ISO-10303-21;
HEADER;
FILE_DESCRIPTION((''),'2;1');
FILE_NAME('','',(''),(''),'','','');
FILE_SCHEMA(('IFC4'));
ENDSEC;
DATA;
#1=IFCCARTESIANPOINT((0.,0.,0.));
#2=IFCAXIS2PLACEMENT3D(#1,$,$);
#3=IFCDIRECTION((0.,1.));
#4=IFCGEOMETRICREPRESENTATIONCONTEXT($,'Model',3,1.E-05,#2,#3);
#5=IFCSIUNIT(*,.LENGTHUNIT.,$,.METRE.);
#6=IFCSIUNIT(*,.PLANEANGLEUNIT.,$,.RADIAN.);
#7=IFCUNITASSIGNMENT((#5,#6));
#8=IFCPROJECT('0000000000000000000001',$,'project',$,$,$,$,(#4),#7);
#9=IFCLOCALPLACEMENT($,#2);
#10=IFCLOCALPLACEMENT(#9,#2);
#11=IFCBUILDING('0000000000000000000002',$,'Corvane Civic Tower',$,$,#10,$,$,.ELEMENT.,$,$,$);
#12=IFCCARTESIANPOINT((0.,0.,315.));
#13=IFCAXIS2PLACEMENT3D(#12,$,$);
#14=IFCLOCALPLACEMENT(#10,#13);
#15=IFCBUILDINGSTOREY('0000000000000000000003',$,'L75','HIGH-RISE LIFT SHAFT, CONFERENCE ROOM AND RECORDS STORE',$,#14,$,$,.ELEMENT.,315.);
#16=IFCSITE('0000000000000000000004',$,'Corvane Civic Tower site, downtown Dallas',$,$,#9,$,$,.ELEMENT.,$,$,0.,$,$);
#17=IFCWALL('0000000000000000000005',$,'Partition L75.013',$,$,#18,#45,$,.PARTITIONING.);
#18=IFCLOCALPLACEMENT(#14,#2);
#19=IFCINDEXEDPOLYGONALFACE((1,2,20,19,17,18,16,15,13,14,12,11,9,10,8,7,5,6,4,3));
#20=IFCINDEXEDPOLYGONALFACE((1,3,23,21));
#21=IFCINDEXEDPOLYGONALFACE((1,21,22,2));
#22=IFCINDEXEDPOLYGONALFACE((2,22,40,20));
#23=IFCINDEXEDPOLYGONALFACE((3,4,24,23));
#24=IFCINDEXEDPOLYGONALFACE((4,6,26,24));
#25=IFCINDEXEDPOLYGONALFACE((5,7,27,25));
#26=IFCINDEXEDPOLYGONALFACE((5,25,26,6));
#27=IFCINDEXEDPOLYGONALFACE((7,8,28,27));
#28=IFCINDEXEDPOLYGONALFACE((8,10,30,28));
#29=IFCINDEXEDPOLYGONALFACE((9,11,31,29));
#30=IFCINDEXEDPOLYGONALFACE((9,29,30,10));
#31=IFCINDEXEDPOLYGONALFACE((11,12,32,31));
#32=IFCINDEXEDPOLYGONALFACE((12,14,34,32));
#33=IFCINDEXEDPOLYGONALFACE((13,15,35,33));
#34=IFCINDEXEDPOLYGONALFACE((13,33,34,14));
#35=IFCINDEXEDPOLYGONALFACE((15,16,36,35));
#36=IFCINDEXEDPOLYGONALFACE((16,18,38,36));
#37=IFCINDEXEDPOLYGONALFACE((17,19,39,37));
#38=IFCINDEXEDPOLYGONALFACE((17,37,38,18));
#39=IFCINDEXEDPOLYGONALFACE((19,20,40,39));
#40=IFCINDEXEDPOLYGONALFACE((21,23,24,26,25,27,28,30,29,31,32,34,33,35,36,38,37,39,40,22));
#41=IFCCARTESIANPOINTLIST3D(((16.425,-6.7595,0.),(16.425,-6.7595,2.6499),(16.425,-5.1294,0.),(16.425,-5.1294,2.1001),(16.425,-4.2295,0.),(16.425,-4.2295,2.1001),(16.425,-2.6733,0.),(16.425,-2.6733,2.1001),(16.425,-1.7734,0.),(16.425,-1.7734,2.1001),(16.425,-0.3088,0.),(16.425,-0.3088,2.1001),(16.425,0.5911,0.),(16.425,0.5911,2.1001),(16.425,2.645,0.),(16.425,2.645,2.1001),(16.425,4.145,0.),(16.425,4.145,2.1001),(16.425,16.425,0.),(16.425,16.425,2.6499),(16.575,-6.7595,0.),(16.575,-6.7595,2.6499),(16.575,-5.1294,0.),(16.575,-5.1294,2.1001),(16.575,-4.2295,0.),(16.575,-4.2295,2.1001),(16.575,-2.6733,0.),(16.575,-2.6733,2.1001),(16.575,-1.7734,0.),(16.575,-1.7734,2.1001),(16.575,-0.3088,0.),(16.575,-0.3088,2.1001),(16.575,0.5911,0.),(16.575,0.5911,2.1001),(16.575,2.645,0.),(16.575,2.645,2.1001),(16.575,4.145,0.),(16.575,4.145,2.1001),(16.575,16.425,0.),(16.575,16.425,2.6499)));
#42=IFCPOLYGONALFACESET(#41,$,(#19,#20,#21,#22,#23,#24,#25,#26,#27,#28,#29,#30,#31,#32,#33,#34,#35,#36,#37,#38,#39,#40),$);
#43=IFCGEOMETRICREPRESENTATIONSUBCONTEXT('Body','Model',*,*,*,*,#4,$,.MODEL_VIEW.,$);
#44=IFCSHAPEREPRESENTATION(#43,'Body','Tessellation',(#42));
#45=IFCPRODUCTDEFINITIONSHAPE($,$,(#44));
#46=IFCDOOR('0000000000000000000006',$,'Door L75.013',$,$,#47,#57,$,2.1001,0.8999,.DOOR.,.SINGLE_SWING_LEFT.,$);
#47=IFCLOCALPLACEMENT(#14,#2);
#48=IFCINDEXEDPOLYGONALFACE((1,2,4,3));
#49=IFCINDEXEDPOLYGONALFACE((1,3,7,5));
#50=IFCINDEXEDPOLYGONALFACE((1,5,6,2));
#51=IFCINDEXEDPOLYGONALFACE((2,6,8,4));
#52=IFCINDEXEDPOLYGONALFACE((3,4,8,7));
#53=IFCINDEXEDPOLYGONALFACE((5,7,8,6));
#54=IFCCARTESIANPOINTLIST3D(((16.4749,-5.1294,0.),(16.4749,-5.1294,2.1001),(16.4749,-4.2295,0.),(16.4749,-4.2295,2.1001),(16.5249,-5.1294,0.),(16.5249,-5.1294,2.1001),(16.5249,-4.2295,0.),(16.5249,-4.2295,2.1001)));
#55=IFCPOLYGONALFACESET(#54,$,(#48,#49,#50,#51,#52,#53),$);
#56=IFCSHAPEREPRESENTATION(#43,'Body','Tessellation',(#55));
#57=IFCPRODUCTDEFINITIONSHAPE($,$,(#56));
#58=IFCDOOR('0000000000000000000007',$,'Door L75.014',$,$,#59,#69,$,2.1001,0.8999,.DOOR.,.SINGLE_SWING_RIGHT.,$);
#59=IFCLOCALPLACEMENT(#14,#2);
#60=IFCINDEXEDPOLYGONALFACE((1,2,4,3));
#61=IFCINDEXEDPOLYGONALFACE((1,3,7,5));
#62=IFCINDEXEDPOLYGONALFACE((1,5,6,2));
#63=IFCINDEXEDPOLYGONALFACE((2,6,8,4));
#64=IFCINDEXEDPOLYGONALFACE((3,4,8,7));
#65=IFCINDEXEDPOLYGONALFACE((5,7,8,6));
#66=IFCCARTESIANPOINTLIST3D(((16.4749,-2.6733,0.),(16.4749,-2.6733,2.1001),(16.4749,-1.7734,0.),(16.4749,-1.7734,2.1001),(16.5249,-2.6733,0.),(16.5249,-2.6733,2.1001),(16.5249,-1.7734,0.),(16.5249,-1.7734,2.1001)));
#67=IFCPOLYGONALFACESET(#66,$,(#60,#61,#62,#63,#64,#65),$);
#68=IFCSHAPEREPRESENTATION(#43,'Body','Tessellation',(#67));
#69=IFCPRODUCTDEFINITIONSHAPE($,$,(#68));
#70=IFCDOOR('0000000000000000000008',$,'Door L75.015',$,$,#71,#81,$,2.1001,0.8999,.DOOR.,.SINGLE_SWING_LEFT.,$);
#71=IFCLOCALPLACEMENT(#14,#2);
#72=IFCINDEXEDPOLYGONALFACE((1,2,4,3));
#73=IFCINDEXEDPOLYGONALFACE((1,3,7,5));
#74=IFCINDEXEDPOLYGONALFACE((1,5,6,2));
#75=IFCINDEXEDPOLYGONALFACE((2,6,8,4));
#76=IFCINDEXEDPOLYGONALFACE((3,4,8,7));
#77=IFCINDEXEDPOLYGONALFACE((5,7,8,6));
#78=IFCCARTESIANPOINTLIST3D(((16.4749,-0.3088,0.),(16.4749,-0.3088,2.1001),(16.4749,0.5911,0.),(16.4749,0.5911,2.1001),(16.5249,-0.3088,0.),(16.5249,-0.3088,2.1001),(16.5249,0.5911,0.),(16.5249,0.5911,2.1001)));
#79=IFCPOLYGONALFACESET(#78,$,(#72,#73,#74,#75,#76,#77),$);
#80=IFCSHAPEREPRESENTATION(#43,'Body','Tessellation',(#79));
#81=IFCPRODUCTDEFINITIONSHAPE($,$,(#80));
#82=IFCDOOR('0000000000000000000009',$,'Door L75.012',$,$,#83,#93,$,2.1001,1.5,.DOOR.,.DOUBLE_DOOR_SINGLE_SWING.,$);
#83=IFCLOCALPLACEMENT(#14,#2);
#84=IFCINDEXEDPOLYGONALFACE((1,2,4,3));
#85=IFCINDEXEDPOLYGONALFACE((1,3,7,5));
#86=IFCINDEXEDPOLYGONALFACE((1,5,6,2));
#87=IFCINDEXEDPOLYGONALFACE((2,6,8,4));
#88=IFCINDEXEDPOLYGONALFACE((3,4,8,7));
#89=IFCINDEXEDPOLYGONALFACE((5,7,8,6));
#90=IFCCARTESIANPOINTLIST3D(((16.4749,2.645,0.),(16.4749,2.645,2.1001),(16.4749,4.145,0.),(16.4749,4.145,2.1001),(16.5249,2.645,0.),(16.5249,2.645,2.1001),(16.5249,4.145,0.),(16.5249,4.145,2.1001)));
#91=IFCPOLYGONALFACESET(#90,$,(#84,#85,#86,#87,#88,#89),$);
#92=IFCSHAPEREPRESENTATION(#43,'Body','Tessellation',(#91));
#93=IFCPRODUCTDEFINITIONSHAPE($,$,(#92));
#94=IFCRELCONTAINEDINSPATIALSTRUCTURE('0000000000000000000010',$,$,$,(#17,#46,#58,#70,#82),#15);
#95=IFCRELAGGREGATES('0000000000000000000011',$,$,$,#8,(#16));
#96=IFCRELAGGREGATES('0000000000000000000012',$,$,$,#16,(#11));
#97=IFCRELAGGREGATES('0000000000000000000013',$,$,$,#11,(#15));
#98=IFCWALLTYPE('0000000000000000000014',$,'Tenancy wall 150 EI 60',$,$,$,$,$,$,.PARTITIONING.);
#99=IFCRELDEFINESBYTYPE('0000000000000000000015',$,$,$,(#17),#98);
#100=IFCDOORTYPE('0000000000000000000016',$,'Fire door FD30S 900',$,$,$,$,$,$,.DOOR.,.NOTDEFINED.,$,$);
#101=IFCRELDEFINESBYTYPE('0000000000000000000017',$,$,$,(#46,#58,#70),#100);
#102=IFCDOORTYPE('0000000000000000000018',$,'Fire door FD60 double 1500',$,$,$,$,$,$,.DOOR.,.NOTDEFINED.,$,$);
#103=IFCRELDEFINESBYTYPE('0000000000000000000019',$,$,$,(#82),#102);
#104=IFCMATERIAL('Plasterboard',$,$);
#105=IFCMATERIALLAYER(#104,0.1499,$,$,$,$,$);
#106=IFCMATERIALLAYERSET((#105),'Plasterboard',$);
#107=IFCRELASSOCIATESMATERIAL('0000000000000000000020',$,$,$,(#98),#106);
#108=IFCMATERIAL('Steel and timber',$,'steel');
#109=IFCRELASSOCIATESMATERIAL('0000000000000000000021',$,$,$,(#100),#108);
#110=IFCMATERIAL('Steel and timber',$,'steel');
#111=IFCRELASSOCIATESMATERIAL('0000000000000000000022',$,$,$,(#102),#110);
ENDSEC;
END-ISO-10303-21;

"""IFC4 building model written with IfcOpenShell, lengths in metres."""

from ifc_helpers import new_model, si_unit, direction, frame, frame_2d, origin, place, context, subcontext, project, spatial, rectangle, extrude, material, layer, layer_set, type_object, element, fill, save


model = new_model("IFC4")

# Units and contexts
model_context = context("Model", 3, precision=1e-05, world=origin(), true_north=direction((0.0, 1.0)))
body_context = subcontext(model_context, "Body", "Model", "MODEL_VIEW")
ifc_project = project(units=[si_unit("LENGTHUNIT", "METRE"), si_unit("PLANEANGLEUNIT", "RADIAN")], contexts=[model_context])

# Site, building, storey
site_placement = place(None, origin())
site = spatial("IfcSite", under=ifc_project, at=site_placement, Name="Corvane Civic Tower site, downtown Dallas", CompositionType="ELEMENT", RefElevation=0.0)
building_placement = place(site_placement, origin())
building = spatial("IfcBuilding", under=site, at=building_placement, Name="Corvane Civic Tower", CompositionType="ELEMENT")
storey_placement = place(building_placement, frame((0.0, 0.0, 315.0)))
storey = spatial("IfcBuildingStorey", under=building, at=storey_placement, Name="L75", Description="HIGH-RISE LIFT SHAFT, CONFERENCE ROOM AND RECORDS STORE", CompositionType="ELEMENT", Elevation=315.0)

# Wall, openings, doors
ifc_material_1 = material(Name="Plasterboard")
ifc_layer_1 = layer(ifc_material_1, 0.1499)
ifc_layer_set_1 = layer_set([ifc_layer_1], Name="Plasterboard")
wall_type_1 = type_object("IfcWallType", Name="Tenancy wall 150 EI 60", PredefinedType="PARTITIONING", material=ifc_layer_set_1)
wall_1_placement = place(storey_placement, frame((16.5, -6.7595, 0.0), z_axis=(0.0, 0.0, 1.0), x_axis=(0.0, 1.0, 0.0)))
wall_1 = element("IfcWall", 1, at=wall_1_placement, inside=storey, type_object=wall_type_1, Name="Partition L75.013", PredefinedType="PARTITIONING", context=body_context, shape_type="SweptSolid", body=[
    extrude(rectangle(XDim=23.1846, YDim=0.1499, at=frame_2d((11.5923, 0.0))), origin(), (0.0, 0.0, 1.0), 2.6499),
])
opening_1_placement = place(wall_1_placement, frame((9.4045, 0.0, 0.0)))
opening_1 = element("IfcOpeningElement", 2, at=opening_1_placement, cuts=wall_1, PredefinedType="OPENING", context=body_context, shape_type="SweptSolid", body=[
    extrude(rectangle(XDim=1.5, YDim=2.1001, at=frame_2d((0.75, 1.05))), frame((0.0, 0.085, 0.0), z_axis=(0.0, -1.0, 0.0), x_axis=(1.0, 0.0, 0.0)), (0.0, 0.0, 1.0), 0.1699),
])
opening_2_placement = place(wall_1_placement, frame((1.6301, 0.0, 0.0)))
opening_2 = element("IfcOpeningElement", 3, at=opening_2_placement, cuts=wall_1, PredefinedType="OPENING", context=body_context, shape_type="SweptSolid", body=[
    extrude(rectangle(XDim=0.8999, YDim=2.1001, at=frame_2d((0.45, 1.05))), frame((0.0, 0.085, 0.0), z_axis=(0.0, -1.0, 0.0), x_axis=(1.0, 0.0, 0.0)), (0.0, 0.0, 1.0), 0.1699),
])
opening_3_placement = place(wall_1_placement, frame((4.0862, 0.0, 0.0)))
opening_3 = element("IfcOpeningElement", 4, at=opening_3_placement, cuts=wall_1, PredefinedType="OPENING", context=body_context, shape_type="SweptSolid", body=[
    extrude(rectangle(XDim=0.8999, YDim=2.1001, at=frame_2d((0.45, 1.05))), frame((0.0, 0.085, 0.0), z_axis=(0.0, -1.0, 0.0), x_axis=(1.0, 0.0, 0.0)), (0.0, 0.0, 1.0), 0.1699),
])
opening_4_placement = place(wall_1_placement, frame((6.4507, 0.0, 0.0)))
opening_4 = element("IfcOpeningElement", 5, at=opening_4_placement, cuts=wall_1, PredefinedType="OPENING", context=body_context, shape_type="SweptSolid", body=[
    extrude(rectangle(XDim=0.8999, YDim=2.1001, at=frame_2d((0.45, 1.05))), frame((0.0, 0.085, 0.0), z_axis=(0.0, -1.0, 0.0), x_axis=(1.0, 0.0, 0.0)), (0.0, 0.0, 1.0), 0.1699),
])
ifc_material_2 = material(Name="Steel and timber", Category="steel")
door_type_1 = type_object("IfcDoorType", Name="Fire door FD30S 900", OperationType="NOTDEFINED", PredefinedType="DOOR", material=ifc_material_2)
door_1_placement = place(opening_2_placement, frame((0.8999, 0.0, 0.0), z_axis=(0.0, 0.0, 1.0), x_axis=(-1.0, 0.0, 0.0)))
door_1 = element("IfcDoor", 6, at=door_1_placement, inside=storey, type_object=door_type_1, Name="Door L75.013", OperationType="SINGLE_SWING_LEFT", OverallHeight=2.1001, OverallWidth=0.8999, PredefinedType="DOOR", context=body_context, shape_type="SweptSolid", body=[
    extrude(rectangle(XDim=0.8999, YDim=2.1001, at=frame_2d((0.45, 1.05))), frame((0.0, 0.0249, 0.0), z_axis=(0.0, -1.0, 0.0), x_axis=(1.0, 0.0, 0.0)), (0.0, 0.0, 1.0), 0.05),
])
fill(opening_2, door_1)
door_2_placement = place(opening_3_placement, frame((0.8999, 0.0, 0.0), z_axis=(0.0, 0.0, 1.0), x_axis=(-1.0, 0.0, 0.0)))
door_2 = element("IfcDoor", 7, at=door_2_placement, inside=storey, type_object=door_type_1, Name="Door L75.014", OperationType="SINGLE_SWING_RIGHT", OverallHeight=2.1001, OverallWidth=0.8999, PredefinedType="DOOR", context=body_context, shape_type="SweptSolid", body=[
    extrude(rectangle(XDim=0.8999, YDim=2.1001, at=frame_2d((0.45, 1.05))), frame((0.0, 0.0249, 0.0), z_axis=(0.0, -1.0, 0.0), x_axis=(1.0, 0.0, 0.0)), (0.0, 0.0, 1.0), 0.05),
])
fill(opening_3, door_2)
door_3_placement = place(opening_4_placement, frame((0.8999, 0.0, 0.0), z_axis=(0.0, 0.0, 1.0), x_axis=(-1.0, 0.0, 0.0)))
door_3 = element("IfcDoor", 8, at=door_3_placement, inside=storey, type_object=door_type_1, Name="Door L75.015", OperationType="SINGLE_SWING_LEFT", OverallHeight=2.1001, OverallWidth=0.8999, PredefinedType="DOOR", context=body_context, shape_type="SweptSolid", body=[
    extrude(rectangle(XDim=0.8999, YDim=2.1001, at=frame_2d((0.45, 1.05))), frame((0.0, 0.0249, 0.0), z_axis=(0.0, -1.0, 0.0), x_axis=(1.0, 0.0, 0.0)), (0.0, 0.0, 1.0), 0.05),
])
fill(opening_4, door_3)
ifc_material_3 = material(Name="Steel and timber", Category="steel")
door_type_2 = type_object("IfcDoorType", Name="Fire door FD60 double 1500", OperationType="NOTDEFINED", PredefinedType="DOOR", material=ifc_material_3)
door_4_placement = place(opening_1_placement, frame((1.5, 0.0, 0.0), z_axis=(0.0, 0.0, 1.0), x_axis=(-1.0, 0.0, 0.0)))
door_4 = element("IfcDoor", 9, at=door_4_placement, inside=storey, type_object=door_type_2, Name="Door L75.012", OperationType="DOUBLE_DOOR_SINGLE_SWING", OverallHeight=2.1001, OverallWidth=1.5, PredefinedType="DOOR", context=body_context, shape_type="SweptSolid", body=[
    extrude(rectangle(XDim=1.5, YDim=2.1001, at=frame_2d((0.75, 1.05))), frame((0.0, 0.0249, 0.0), z_axis=(0.0, -1.0, 0.0), x_axis=(1.0, 0.0, 0.0)), (0.0, 0.0, 1.0), 0.05),
])
fill(opening_1, door_4)

save(model, "model.ifc")
